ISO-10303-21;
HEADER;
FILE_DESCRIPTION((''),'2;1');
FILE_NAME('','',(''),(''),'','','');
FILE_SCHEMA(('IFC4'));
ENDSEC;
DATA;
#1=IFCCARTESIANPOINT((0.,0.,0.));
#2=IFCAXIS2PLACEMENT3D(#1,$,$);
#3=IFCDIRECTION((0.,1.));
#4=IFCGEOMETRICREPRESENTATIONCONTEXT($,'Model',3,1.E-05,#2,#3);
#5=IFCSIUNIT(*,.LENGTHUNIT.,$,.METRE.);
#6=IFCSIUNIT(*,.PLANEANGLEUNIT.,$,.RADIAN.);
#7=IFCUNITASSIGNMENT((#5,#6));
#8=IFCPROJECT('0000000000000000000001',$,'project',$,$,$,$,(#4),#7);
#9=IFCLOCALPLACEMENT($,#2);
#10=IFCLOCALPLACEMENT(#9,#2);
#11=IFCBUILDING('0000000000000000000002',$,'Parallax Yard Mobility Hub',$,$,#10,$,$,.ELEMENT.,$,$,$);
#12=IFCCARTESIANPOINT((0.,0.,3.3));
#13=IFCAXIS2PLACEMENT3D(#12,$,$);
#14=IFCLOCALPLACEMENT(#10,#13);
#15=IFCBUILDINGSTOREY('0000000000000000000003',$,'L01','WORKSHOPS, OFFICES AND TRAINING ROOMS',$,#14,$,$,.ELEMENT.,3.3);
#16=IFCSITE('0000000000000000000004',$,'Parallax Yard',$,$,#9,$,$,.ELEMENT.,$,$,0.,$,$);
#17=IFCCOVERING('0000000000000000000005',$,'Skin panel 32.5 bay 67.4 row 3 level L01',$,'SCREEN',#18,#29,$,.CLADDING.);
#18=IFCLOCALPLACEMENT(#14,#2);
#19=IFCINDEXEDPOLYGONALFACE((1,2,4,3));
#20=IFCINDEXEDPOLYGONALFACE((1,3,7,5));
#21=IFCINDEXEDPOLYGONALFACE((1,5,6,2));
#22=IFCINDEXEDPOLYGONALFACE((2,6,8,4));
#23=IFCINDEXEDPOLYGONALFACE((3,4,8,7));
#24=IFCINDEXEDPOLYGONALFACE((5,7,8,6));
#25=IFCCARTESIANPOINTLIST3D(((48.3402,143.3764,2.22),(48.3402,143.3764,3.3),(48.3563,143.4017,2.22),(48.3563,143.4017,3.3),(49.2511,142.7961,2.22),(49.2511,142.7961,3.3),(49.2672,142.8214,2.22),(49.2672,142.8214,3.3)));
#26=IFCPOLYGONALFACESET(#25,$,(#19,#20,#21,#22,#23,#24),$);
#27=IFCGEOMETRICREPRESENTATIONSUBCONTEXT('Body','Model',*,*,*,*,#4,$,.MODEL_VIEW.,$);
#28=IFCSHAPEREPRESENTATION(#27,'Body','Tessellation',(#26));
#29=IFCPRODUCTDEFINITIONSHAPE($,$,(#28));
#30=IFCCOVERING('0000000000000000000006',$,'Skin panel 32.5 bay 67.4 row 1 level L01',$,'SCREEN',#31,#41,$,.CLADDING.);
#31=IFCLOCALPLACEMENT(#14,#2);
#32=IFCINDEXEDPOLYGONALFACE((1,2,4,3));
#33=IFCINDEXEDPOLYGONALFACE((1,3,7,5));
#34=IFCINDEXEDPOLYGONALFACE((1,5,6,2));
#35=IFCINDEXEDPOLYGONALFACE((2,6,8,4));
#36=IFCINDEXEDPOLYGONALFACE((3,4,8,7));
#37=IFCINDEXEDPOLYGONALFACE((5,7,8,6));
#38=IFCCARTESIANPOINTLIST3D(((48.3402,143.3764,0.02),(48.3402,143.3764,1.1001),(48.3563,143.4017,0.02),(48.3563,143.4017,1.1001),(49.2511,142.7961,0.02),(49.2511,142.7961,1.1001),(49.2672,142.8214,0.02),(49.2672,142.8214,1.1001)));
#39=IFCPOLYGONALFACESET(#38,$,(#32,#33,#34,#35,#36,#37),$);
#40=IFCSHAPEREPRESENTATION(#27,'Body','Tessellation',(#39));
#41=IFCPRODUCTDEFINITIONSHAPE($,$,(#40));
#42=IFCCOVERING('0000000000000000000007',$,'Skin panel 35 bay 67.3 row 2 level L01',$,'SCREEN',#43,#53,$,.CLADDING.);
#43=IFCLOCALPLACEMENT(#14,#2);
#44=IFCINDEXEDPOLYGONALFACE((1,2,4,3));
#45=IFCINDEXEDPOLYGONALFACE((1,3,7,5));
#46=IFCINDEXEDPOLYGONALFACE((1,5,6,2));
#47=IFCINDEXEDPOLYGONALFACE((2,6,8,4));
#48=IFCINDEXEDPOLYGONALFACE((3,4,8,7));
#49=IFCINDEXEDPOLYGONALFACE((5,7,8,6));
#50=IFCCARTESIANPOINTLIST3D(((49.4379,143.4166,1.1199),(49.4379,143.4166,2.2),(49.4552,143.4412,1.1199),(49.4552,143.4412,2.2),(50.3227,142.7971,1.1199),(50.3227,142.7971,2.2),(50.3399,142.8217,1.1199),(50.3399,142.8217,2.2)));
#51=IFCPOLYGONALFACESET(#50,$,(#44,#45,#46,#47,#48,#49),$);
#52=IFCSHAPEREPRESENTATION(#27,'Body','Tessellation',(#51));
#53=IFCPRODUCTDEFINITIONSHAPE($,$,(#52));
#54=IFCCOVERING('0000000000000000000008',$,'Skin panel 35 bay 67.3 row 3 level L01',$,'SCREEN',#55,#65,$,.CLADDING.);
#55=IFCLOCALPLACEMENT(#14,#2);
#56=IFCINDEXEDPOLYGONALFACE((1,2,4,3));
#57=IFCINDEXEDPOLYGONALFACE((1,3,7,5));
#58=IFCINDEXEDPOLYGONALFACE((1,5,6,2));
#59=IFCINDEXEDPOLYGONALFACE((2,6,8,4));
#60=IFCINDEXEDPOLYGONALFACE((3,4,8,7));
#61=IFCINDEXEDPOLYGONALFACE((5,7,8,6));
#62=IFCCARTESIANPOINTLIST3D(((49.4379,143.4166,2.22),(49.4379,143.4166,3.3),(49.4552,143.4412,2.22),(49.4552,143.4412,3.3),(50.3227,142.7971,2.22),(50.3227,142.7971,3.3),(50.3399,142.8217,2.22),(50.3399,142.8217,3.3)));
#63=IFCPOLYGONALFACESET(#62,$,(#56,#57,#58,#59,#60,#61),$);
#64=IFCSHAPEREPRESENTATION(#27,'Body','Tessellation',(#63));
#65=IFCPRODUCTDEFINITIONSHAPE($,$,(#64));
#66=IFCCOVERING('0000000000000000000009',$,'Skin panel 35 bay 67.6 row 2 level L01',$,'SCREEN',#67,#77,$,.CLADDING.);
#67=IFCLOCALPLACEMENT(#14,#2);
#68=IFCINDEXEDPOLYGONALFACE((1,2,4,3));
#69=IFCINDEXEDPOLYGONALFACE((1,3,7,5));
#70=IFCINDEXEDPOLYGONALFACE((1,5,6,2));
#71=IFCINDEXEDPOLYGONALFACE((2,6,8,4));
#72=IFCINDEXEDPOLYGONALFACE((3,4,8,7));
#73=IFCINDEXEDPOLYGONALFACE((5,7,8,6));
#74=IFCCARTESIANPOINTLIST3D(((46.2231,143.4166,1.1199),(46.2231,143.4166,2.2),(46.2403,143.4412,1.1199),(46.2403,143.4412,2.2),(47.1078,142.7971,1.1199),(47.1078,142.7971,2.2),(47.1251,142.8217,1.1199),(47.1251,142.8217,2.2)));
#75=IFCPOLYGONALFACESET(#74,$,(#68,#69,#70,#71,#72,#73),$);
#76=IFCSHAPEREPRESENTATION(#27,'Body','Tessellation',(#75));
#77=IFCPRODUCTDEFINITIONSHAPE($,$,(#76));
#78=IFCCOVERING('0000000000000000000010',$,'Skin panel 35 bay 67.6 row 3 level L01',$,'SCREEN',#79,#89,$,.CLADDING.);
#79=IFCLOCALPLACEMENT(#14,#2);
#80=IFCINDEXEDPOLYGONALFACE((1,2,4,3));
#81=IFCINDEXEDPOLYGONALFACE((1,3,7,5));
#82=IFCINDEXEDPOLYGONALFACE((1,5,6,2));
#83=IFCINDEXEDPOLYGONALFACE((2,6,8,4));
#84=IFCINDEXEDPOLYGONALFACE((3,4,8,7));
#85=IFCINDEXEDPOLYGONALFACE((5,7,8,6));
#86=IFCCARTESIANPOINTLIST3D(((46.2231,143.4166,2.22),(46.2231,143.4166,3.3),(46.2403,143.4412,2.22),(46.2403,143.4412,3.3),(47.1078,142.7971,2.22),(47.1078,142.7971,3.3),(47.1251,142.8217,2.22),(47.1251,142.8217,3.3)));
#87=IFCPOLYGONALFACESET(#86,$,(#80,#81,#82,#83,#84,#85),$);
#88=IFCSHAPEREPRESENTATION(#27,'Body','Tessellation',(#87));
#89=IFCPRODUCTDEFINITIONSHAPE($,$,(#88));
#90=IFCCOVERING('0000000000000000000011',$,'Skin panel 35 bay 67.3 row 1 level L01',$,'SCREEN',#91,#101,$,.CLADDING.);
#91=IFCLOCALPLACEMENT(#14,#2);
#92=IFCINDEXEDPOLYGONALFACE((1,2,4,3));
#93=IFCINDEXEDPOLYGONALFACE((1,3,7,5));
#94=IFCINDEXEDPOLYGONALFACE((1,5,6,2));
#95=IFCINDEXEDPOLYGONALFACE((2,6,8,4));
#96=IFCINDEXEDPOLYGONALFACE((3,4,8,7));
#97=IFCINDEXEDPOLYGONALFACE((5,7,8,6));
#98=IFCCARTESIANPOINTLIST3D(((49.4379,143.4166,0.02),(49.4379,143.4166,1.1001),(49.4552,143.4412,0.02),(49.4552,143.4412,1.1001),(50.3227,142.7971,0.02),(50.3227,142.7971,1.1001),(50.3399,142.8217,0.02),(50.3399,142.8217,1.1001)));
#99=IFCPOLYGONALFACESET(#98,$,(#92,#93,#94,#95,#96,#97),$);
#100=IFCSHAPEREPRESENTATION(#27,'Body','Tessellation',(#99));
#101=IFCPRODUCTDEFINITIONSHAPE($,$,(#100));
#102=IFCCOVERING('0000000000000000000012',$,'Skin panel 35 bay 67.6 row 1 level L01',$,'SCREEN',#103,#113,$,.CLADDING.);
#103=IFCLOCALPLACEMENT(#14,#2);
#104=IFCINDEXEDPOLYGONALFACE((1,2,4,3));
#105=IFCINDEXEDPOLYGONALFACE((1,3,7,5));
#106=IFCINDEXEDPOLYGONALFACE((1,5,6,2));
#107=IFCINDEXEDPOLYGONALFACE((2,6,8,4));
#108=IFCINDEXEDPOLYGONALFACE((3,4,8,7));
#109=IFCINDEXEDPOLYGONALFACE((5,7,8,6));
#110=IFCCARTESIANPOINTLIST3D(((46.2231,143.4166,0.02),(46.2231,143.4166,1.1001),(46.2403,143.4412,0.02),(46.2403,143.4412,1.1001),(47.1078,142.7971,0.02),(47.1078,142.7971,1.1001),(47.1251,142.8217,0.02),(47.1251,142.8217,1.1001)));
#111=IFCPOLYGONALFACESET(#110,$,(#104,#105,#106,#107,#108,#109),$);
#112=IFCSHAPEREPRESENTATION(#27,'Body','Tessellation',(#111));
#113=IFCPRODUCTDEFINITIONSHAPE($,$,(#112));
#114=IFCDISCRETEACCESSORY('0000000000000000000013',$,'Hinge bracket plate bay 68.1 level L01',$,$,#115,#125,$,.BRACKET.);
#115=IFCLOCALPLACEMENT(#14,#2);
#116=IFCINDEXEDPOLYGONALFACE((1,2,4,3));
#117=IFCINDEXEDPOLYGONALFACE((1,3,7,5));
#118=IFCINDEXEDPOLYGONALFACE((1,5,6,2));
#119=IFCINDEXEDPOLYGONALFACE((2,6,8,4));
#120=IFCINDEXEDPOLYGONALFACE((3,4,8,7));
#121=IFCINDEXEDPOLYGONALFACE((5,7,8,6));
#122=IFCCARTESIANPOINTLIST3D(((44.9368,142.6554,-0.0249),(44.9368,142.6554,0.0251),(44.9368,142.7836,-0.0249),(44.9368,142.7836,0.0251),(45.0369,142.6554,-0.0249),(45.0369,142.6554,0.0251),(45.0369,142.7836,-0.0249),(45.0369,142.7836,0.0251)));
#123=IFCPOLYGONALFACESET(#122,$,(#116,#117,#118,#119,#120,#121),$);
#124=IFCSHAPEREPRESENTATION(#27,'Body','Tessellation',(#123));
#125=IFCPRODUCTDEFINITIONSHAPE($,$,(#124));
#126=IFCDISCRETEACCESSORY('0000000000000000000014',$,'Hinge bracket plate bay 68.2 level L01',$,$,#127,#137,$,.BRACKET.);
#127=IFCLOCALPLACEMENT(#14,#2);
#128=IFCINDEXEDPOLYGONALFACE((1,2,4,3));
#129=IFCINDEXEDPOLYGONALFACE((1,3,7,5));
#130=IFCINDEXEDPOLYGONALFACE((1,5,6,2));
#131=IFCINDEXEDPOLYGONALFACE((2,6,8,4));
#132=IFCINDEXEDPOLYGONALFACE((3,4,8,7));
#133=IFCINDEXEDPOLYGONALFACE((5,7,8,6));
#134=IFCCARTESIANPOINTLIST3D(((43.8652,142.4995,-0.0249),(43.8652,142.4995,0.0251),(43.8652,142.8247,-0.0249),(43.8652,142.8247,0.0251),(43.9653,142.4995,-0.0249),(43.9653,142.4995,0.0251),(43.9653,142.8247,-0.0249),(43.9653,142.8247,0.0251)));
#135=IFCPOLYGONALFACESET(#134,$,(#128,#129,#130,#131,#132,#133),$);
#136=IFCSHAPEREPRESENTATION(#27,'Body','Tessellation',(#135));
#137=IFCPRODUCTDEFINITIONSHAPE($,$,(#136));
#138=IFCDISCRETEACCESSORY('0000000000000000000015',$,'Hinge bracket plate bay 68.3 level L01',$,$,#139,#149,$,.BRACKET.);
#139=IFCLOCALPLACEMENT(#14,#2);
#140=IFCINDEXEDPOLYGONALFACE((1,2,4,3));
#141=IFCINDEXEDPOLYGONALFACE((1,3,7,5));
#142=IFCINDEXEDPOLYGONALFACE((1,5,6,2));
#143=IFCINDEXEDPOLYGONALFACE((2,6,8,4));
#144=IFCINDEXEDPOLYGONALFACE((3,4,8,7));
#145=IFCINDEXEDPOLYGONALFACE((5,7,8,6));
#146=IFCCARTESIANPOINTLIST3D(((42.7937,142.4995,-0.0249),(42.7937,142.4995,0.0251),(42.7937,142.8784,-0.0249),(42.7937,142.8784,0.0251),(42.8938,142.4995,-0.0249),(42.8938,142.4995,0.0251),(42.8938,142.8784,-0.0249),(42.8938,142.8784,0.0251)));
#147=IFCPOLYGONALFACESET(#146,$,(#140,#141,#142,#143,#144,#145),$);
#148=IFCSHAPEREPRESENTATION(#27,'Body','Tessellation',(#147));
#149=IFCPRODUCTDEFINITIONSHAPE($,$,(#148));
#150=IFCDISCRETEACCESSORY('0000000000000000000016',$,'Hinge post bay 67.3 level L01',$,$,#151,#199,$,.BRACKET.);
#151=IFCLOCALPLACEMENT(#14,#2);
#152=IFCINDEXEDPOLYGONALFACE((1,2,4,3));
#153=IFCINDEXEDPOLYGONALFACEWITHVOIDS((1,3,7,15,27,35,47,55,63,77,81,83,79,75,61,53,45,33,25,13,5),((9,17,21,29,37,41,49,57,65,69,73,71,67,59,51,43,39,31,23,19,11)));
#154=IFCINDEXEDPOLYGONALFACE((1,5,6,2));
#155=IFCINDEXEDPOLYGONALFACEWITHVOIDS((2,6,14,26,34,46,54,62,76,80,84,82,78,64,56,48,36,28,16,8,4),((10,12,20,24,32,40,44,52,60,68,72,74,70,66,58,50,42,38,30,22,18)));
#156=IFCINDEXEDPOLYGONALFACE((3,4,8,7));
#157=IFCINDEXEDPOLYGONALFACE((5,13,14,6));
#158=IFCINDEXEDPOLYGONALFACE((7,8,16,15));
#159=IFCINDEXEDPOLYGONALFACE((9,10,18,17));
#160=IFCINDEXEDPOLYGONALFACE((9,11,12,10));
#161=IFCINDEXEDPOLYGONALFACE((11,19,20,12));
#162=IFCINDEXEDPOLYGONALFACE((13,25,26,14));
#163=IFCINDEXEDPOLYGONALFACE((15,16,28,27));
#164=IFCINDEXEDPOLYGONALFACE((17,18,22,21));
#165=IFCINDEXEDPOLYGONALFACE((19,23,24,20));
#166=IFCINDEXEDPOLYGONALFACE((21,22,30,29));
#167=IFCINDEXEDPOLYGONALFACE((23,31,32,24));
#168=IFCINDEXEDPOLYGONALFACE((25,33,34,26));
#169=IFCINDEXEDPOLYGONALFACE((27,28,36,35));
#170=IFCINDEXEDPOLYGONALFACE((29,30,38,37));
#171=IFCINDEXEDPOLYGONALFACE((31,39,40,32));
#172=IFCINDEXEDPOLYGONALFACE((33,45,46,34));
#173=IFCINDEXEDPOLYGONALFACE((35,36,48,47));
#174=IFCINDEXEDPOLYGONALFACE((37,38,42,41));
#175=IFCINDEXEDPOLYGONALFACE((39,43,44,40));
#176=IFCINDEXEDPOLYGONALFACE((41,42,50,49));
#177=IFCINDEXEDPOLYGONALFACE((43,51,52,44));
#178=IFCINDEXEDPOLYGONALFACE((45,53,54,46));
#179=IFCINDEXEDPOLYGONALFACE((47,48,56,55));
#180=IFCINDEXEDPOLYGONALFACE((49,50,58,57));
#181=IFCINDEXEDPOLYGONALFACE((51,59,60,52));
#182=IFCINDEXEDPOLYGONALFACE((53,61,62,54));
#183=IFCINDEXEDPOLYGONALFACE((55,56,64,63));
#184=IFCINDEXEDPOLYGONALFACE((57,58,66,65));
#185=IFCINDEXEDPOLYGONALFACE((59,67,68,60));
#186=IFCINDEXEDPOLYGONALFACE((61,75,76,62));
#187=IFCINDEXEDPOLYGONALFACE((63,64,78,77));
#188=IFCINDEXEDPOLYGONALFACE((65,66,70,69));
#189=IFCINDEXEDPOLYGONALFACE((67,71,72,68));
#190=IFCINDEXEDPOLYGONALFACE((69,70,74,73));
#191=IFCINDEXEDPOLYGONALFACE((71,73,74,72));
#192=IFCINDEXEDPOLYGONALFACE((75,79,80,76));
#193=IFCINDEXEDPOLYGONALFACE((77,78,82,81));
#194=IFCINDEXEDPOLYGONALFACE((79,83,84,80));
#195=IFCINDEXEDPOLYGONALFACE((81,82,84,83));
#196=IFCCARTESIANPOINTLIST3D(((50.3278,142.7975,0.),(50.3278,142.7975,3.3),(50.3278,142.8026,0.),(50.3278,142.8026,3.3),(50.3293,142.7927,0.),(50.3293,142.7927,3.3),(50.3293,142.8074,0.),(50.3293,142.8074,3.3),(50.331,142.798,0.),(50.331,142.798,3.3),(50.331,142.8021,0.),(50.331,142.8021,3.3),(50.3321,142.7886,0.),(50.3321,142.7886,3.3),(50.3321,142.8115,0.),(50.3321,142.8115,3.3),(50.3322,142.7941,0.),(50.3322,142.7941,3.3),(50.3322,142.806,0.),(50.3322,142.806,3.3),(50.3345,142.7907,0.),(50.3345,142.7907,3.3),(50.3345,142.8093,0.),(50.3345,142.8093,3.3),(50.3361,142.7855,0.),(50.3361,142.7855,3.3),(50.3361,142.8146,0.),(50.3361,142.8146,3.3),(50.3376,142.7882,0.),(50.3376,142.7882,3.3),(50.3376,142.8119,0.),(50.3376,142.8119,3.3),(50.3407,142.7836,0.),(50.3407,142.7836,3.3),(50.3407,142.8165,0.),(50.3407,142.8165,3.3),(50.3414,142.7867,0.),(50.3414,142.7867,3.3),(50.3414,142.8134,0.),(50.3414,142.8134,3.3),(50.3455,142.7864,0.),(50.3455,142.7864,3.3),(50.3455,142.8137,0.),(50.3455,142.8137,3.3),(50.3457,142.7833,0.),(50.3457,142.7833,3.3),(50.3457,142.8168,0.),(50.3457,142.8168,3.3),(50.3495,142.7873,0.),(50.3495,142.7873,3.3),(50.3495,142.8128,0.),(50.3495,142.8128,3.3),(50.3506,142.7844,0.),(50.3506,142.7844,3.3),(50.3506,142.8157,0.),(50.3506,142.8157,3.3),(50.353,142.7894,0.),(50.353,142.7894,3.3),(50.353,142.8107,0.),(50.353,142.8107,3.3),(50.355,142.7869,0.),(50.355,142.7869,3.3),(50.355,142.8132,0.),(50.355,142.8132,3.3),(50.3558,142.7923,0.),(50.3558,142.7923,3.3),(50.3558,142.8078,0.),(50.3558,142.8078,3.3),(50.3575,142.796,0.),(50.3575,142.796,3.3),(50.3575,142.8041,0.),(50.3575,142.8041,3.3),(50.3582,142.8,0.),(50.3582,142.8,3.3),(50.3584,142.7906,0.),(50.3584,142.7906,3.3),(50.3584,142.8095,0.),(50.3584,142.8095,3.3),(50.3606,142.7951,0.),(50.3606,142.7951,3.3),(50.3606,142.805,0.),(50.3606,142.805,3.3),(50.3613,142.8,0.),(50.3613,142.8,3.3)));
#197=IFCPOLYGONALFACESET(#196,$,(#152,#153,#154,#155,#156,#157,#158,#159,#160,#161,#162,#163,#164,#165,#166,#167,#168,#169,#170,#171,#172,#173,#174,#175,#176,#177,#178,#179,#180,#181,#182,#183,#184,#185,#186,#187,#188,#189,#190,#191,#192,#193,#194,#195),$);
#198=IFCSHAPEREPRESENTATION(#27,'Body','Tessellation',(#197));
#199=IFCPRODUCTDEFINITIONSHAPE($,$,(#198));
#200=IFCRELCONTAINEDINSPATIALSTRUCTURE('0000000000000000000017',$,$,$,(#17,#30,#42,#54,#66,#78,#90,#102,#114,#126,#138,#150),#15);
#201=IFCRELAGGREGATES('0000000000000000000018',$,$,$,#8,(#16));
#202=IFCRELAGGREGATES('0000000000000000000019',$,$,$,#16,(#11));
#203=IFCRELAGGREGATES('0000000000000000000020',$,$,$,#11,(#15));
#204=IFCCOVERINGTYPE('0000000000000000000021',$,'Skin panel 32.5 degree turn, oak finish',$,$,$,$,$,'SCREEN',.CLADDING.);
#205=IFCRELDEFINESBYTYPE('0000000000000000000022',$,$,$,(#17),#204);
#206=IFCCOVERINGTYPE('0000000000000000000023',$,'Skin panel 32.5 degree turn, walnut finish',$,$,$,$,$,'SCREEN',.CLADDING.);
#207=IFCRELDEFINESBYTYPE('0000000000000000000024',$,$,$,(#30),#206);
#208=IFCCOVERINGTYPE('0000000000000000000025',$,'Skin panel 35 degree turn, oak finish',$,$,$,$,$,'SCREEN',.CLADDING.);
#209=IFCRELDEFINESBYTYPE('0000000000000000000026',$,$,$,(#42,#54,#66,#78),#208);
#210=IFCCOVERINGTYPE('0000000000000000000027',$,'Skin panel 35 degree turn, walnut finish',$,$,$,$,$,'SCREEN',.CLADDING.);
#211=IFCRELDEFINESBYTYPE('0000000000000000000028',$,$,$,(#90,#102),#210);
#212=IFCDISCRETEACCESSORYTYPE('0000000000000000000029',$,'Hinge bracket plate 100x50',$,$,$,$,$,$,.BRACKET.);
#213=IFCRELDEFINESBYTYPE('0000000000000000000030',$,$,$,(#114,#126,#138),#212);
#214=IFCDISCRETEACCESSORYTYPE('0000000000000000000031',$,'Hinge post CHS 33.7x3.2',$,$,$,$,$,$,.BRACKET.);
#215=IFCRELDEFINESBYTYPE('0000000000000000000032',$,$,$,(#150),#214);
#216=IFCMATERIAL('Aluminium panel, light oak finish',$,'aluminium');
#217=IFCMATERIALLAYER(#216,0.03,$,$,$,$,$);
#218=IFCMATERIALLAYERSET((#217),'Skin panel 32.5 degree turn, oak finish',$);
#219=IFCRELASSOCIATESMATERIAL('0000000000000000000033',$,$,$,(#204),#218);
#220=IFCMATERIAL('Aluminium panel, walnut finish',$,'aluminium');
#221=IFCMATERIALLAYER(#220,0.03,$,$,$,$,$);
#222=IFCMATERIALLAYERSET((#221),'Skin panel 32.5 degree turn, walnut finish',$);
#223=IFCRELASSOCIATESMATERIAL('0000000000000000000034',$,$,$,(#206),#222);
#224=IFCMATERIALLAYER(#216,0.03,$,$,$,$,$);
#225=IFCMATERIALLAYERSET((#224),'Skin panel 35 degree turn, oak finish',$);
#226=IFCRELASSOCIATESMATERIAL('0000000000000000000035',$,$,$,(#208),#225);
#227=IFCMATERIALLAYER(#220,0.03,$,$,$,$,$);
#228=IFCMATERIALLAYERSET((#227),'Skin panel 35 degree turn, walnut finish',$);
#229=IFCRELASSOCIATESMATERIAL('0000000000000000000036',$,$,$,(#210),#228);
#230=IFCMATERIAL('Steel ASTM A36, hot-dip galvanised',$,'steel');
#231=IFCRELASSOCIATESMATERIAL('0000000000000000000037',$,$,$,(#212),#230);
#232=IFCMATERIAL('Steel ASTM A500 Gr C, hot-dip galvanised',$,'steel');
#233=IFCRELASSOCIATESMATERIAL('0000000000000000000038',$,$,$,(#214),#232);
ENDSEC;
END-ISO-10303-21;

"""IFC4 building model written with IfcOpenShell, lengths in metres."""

from ifc_helpers import new_model, si_unit, direction, frame, origin, origin_2d, place, context, subcontext, project, spatial, rectangle, hollow_circle, extrude, material, layer, layer_set, material_profile, profile_set, type_object, element, save


model = new_model("IFC4")

# Units and contexts
model_context = context("Model", 3, precision=1e-05, world=origin(), true_north=direction((0.0, 1.0)))
body_context = subcontext(model_context, "Body", "Model", "MODEL_VIEW")
ifc_project = project(units=[si_unit("LENGTHUNIT", "METRE"), si_unit("PLANEANGLEUNIT", "RADIAN")], contexts=[model_context])

# Site, building, storey
site_placement = place(None, origin())
site = spatial("IfcSite", under=ifc_project, at=site_placement, Name="Parallax Yard", CompositionType="ELEMENT", RefElevation=0.0)
building_placement = place(site_placement, origin())
building = spatial("IfcBuilding", under=site, at=building_placement, Name="Parallax Yard Mobility Hub", CompositionType="ELEMENT")
storey_placement = place(building_placement, frame((0.0, 0.0, 3.3)))
storey = spatial("IfcBuildingStorey", under=building, at=storey_placement, Name="L01", Description="WORKSHOPS, OFFICES AND TRAINING ROOMS", CompositionType="ELEMENT", Elevation=3.3)

# Coverings
ifc_material_1 = material(Name="Aluminium panel, light oak finish", Category="aluminium")
ifc_material_2 = material(Name="Aluminium panel, walnut finish", Category="aluminium")
ifc_layer_1 = layer(ifc_material_1, 0.03)
ifc_layer_set_1 = layer_set([ifc_layer_1], Name="Skin panel 32.5 degree turn, oak finish")
covering_type_1 = type_object("IfcCoveringType", Name="Skin panel 32.5 degree turn, oak finish", ElementType="SCREEN", PredefinedType="CLADDING", material=ifc_layer_set_1)
for number, where, z_axis, x_axis, name in (
    (1, (48.8037, 143.0989, 2.22), (0.0, 0.0, 1.0), (-0.843391, 0.5373, 0.0), "Skin panel 32.5 bay 67.4 row 3 level L01"),
):
    element("IfcCovering", number, at=place(storey_placement, frame(where, z_axis=z_axis, x_axis=x_axis)), inside=storey, type_object=covering_type_1, Name=name, ObjectType="SCREEN", PredefinedType="CLADDING", context=body_context, shape_type="SweptSolid", body=[
        extrude(rectangle(XDim=1.0801, YDim=0.03, at=origin_2d()), origin(), (0.0, 0.0, 1.0), 1.0801),
    ])
ifc_layer_2 = layer(ifc_material_2, 0.03)
ifc_layer_set_2 = layer_set([ifc_layer_2], Name="Skin panel 32.5 degree turn, walnut finish")
covering_type_2 = type_object("IfcCoveringType", Name="Skin panel 32.5 degree turn, walnut finish", ElementType="SCREEN", PredefinedType="CLADDING", material=ifc_layer_set_2)
covering_1_placement = place(storey_placement, frame((48.8037, 143.0989, 0.02), z_axis=(0.0, 0.0, 1.0), x_axis=(-0.843391, 0.5373, 0.0)))
element("IfcCovering", 2, at=covering_1_placement, inside=storey, type_object=covering_type_2, Name="Skin panel 32.5 bay 67.4 row 1 level L01", ObjectType="SCREEN", PredefinedType="CLADDING", context=body_context, shape_type="SweptSolid", body=[
    extrude(rectangle(XDim=1.0801, YDim=0.03, at=origin_2d()), origin(), (0.0, 0.0, 1.0), 1.0801),
])
ifc_layer_3 = layer(ifc_material_1, 0.03)
ifc_layer_set_3 = layer_set([ifc_layer_3], Name="Skin panel 35 degree turn, oak finish")
covering_type_3 = type_object("IfcCoveringType", Name="Skin panel 35 degree turn, oak finish", ElementType="SCREEN", PredefinedType="CLADDING", material=ifc_layer_set_3)
for number, where, z_axis, x_axis, name in (
    (3, (49.8889, 143.1191, 1.1199), (0.0, 0.0, 1.0), (-0.819152, 0.573576, 0.0), "Skin panel 35 bay 67.3 row 2 level L01"),
    (4, (49.8889, 143.1191, 2.22), (0.0, 0.0, 1.0), (-0.819152, 0.573576, 0.0), "Skin panel 35 bay 67.3 row 3 level L01"),
    (5, (46.6741, 143.1191, 1.1199), (0.0, 0.0, 1.0), (-0.819152, 0.573576, 0.0), "Skin panel 35 bay 67.6 row 2 level L01"),
    (6, (46.6741, 143.1191, 2.22), (0.0, 0.0, 1.0), (-0.819152, 0.573576, 0.0), "Skin panel 35 bay 67.6 row 3 level L01"),
):
    element("IfcCovering", number, at=place(storey_placement, frame(where, z_axis=z_axis, x_axis=x_axis)), inside=storey, type_object=covering_type_3, Name=name, ObjectType="SCREEN", PredefinedType="CLADDING", context=body_context, shape_type="SweptSolid", body=[
        extrude(rectangle(XDim=1.0801, YDim=0.03, at=origin_2d()), origin(), (0.0, 0.0, 1.0), 1.0801),
    ])
ifc_layer_4 = layer(ifc_material_2, 0.03)
ifc_layer_set_4 = layer_set([ifc_layer_4], Name="Skin panel 35 degree turn, walnut finish")
covering_type_4 = type_object("IfcCoveringType", Name="Skin panel 35 degree turn, walnut finish", ElementType="SCREEN", PredefinedType="CLADDING", material=ifc_layer_set_4)
for number, where, z_axis, x_axis, name in (
    (7, (49.8889, 143.1191, 0.02), (0.0, 0.0, 1.0), (-0.819152, 0.573576, 0.0), "Skin panel 35 bay 67.3 row 1 level L01"),
    (8, (46.6741, 143.1191, 0.02), (0.0, 0.0, 1.0), (-0.819152, 0.573576, 0.0), "Skin panel 35 bay 67.6 row 1 level L01"),
):
    element("IfcCovering", number, at=place(storey_placement, frame(where, z_axis=z_axis, x_axis=x_axis)), inside=storey, type_object=covering_type_4, Name=name, ObjectType="SCREEN", PredefinedType="CLADDING", context=body_context, shape_type="SweptSolid", body=[
        extrude(rectangle(XDim=1.0801, YDim=0.03, at=origin_2d()), origin(), (0.0, 0.0, 1.0), 1.0801),
    ])

# Discrete accessories
ifc_material_3 = material(Name="Steel ASTM A36, hot-dip galvanised", Category="steel")
discrete_accessory_type_1 = type_object("IfcDiscreteAccessoryType", Name="Hinge bracket plate 100x50", PredefinedType="BRACKET", material=ifc_material_3)
discrete_accessory_1_placement = place(storey_placement, frame((44.9868, 142.7195, -0.0249), z_axis=(0.0, 0.0, 1.0), x_axis=(0.0, 1.0, 0.0)))
element("IfcDiscreteAccessory", 9, at=discrete_accessory_1_placement, inside=storey, type_object=discrete_accessory_type_1, Name="Hinge bracket plate bay 68.1 level L01", PredefinedType="BRACKET", context=body_context, shape_type="SweptSolid", body=[
    extrude(rectangle(XDim=0.1282, YDim=0.1001, at=origin_2d()), origin(), (0.0, 0.0, 1.0), 0.05),
])
discrete_accessory_2_placement = place(storey_placement, frame((43.9153, 142.6621, -0.0249), z_axis=(0.0, 0.0, 1.0), x_axis=(0.0, 1.0, 0.0)))
element("IfcDiscreteAccessory", 10, at=discrete_accessory_2_placement, inside=storey, type_object=discrete_accessory_type_1, Name="Hinge bracket plate bay 68.2 level L01", PredefinedType="BRACKET", context=body_context, shape_type="SweptSolid", body=[
    extrude(rectangle(XDim=0.3252, YDim=0.1001, at=origin_2d()), origin(), (0.0, 0.0, 1.0), 0.05),
])
discrete_accessory_3_placement = place(storey_placement, frame((42.8438, 142.689, -0.0249), z_axis=(0.0, 0.0, 1.0), x_axis=(0.0, 1.0, 0.0)))
element("IfcDiscreteAccessory", 11, at=discrete_accessory_3_placement, inside=storey, type_object=discrete_accessory_type_1, Name="Hinge bracket plate bay 68.3 level L01", PredefinedType="BRACKET", context=body_context, shape_type="SweptSolid", body=[
    extrude(rectangle(XDim=0.3789, YDim=0.1001, at=origin_2d()), origin(), (0.0, 0.0, 1.0), 0.05),
])
ifc_material_4 = material(Name="Steel ASTM A500 Gr C, hot-dip galvanised", Category="steel")
ifc_material_profile = material_profile(ifc_material_4, hollow_circle(Radius=0.0168, WallThickness=0.0032, at=origin_2d()), Name="CHS 33.7x3.2")
ifc_profile_set = profile_set([ifc_material_profile], Name="Steel ASTM A500 Gr C, hot-dip galvanised")
discrete_accessory_type_2 = type_object("IfcDiscreteAccessoryType", Name="Hinge post CHS 33.7x3.2", PredefinedType="BRACKET", material=ifc_profile_set)
for number, where, z_axis, x_axis, name in (
    (12, (50.3445, 142.8, 0.0), (0.0, 0.0, 1.0), (1.0, 0.0, 0.0), "Hinge post bay 67.3 level L01"),
):
    element("IfcDiscreteAccessory", number, at=place(storey_placement, frame(where, z_axis=z_axis, x_axis=x_axis)), inside=storey, type_object=discrete_accessory_type_2, Name=name, PredefinedType="BRACKET", context=body_context, shape_type="SweptSolid", body=[
        extrude(hollow_circle(Radius=0.0168, WallThickness=0.0032, at=origin_2d()), origin(), (0.0, 0.0, 1.0), 3.3),
    ])

save(model, "model.ifc")
